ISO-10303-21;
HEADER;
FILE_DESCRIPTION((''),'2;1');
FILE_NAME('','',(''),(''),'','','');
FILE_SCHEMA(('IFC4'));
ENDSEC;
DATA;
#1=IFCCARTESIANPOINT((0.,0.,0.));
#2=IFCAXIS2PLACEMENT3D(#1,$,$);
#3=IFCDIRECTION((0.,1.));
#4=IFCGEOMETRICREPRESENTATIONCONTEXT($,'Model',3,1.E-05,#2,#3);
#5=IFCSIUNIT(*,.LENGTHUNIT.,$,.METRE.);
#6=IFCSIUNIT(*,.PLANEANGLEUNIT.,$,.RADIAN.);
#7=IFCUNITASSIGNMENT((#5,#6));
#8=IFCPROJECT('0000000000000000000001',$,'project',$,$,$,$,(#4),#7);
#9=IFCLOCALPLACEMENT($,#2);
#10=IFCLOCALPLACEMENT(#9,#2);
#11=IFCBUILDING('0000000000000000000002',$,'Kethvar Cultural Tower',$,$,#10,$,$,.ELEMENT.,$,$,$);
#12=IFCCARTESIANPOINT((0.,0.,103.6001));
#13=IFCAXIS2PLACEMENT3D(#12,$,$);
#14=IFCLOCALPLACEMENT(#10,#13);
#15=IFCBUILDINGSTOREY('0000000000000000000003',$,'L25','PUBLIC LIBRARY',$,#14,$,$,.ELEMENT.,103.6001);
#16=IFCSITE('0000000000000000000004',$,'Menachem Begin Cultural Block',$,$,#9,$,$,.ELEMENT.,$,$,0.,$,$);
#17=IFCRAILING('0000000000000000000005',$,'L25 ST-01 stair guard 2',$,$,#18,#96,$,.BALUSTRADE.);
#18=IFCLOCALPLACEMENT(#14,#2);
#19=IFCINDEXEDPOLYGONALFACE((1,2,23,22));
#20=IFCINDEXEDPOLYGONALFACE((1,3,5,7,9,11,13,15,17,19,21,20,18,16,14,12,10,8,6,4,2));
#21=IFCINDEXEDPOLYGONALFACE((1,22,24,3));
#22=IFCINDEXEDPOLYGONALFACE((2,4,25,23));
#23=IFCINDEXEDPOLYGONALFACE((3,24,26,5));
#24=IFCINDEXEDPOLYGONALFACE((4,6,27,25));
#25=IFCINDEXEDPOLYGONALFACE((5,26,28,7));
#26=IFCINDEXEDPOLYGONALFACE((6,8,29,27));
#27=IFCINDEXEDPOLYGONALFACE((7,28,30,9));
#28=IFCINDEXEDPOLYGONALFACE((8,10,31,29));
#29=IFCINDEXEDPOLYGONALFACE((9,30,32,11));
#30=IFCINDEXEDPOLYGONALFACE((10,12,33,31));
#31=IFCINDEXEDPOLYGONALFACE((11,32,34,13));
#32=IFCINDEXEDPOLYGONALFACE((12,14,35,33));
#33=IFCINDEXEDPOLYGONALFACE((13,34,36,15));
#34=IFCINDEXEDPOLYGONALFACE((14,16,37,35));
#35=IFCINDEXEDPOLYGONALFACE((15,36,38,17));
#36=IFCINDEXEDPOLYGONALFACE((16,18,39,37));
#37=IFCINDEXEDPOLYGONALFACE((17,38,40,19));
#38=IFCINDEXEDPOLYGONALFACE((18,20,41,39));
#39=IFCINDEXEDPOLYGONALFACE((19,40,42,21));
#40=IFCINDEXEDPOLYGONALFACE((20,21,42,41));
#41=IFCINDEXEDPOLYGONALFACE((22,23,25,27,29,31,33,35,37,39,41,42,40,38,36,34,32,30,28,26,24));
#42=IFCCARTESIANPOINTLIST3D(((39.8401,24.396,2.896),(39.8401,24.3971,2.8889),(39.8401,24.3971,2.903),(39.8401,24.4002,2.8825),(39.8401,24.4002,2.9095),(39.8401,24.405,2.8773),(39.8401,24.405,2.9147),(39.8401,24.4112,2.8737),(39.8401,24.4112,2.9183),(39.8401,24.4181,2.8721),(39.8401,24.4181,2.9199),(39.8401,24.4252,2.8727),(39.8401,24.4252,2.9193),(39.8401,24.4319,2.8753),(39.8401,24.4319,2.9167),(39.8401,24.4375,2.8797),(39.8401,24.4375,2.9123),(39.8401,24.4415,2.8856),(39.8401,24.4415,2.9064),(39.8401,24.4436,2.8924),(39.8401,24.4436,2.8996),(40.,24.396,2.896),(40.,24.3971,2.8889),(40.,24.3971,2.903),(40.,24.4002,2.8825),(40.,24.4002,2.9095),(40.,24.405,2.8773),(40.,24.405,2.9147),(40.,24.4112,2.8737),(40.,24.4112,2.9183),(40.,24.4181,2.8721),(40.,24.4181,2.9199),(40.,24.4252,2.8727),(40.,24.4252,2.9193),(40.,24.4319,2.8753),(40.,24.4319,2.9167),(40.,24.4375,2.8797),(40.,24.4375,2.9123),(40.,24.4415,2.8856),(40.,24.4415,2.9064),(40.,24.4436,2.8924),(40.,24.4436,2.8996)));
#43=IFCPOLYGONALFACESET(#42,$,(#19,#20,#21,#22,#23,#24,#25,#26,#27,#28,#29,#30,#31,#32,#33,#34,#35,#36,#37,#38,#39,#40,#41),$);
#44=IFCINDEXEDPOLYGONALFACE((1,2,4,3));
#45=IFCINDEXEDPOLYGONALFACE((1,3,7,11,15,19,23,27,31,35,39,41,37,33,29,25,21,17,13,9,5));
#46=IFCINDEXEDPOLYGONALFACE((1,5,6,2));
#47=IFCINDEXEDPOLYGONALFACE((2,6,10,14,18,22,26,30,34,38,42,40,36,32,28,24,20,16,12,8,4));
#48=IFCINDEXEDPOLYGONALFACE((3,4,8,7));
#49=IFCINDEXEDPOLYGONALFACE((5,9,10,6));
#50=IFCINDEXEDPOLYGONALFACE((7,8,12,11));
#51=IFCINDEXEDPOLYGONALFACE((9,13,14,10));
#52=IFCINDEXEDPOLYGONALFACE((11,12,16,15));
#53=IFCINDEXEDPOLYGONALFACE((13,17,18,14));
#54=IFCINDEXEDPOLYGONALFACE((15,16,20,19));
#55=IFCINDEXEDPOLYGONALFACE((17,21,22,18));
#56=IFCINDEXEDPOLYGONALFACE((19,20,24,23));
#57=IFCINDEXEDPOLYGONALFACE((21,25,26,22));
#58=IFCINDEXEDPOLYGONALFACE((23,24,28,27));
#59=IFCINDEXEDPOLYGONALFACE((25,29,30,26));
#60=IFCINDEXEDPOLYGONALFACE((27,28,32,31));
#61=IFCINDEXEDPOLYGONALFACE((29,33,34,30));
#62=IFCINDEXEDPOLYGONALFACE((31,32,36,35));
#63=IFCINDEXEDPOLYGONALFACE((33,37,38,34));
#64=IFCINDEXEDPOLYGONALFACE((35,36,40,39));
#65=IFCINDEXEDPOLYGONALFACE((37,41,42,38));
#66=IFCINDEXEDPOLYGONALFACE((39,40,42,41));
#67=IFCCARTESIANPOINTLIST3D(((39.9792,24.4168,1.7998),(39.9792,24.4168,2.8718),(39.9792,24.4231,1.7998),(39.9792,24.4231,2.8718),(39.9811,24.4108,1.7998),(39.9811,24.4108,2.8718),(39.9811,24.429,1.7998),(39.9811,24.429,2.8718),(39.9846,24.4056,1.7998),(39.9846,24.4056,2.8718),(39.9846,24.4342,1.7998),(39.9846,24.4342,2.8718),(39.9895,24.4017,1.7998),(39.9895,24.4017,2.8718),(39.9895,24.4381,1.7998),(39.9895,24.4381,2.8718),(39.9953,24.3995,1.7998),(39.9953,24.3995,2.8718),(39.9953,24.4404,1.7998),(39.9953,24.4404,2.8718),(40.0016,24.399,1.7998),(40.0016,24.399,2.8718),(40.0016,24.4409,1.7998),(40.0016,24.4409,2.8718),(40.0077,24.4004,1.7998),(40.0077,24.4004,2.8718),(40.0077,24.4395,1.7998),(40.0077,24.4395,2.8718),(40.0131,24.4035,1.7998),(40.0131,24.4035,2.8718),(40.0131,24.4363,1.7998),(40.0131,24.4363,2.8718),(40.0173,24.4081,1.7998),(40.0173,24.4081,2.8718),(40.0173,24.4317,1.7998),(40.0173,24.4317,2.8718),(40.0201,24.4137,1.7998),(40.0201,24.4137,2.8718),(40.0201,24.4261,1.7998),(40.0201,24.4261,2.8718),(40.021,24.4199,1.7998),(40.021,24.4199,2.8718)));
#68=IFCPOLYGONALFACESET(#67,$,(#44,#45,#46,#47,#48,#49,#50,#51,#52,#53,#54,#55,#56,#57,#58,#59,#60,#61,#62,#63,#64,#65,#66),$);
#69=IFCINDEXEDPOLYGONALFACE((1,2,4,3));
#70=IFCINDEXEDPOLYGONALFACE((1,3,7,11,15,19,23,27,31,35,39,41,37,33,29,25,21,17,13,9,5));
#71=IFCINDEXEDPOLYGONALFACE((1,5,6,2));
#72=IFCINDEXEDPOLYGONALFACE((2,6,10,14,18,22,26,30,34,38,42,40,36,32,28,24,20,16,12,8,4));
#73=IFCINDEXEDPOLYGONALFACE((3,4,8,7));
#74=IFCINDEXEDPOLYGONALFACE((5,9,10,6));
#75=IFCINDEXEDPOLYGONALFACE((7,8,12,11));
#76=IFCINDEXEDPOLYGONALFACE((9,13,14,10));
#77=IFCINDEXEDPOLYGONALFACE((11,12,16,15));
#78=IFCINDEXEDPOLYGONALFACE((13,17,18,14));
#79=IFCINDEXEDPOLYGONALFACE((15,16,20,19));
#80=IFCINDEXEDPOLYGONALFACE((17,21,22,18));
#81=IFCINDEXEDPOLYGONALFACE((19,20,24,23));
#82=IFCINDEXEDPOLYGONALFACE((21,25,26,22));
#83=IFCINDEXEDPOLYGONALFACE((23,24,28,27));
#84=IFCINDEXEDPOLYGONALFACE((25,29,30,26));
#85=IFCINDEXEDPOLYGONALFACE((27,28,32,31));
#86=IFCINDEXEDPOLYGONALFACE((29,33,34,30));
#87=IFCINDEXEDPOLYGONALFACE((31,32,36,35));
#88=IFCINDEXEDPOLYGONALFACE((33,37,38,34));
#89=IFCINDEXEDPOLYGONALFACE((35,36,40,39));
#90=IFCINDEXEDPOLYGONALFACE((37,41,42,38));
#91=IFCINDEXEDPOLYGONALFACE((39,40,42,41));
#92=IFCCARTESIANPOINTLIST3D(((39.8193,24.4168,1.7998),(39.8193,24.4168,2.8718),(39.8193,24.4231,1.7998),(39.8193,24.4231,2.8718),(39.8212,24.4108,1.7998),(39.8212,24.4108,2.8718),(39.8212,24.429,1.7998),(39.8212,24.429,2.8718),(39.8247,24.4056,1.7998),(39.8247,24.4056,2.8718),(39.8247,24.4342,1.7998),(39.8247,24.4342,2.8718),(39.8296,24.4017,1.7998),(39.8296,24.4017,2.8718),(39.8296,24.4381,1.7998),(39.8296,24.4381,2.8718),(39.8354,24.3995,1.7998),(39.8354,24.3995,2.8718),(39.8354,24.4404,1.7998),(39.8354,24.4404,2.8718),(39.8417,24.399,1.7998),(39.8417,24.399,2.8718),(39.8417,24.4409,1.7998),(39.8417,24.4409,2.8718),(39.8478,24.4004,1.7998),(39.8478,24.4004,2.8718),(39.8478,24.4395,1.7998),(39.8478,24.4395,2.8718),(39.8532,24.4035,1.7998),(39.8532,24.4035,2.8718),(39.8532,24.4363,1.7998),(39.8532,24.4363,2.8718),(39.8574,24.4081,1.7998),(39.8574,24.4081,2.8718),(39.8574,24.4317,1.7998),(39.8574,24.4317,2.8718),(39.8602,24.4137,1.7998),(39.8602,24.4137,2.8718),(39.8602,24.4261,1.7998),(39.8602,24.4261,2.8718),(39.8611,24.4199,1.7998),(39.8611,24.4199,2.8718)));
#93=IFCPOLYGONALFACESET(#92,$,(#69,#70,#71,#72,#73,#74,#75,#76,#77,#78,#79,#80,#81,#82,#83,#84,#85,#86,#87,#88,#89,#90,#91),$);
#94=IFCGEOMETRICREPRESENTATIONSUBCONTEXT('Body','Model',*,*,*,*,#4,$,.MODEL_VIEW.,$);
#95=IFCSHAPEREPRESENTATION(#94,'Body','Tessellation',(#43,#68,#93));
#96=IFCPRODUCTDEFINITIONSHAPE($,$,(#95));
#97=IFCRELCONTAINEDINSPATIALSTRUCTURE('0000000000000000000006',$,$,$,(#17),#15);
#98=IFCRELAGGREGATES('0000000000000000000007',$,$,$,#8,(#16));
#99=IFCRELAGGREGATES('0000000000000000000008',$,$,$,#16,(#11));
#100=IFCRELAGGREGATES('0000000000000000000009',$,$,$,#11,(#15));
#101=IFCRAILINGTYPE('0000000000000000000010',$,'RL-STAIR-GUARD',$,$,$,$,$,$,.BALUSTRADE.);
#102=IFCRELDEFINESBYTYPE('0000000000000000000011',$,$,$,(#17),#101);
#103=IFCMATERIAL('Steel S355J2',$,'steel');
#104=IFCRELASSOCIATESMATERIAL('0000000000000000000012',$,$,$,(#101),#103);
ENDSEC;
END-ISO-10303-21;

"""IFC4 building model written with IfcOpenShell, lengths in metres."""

from ifc_helpers import new_model, si_unit, direction, frame, origin, origin_2d, place, context, subcontext, project, spatial, circle, extrude, material, type_object, element, save


model = new_model("IFC4")

# Units and contexts
model_context = context("Model", 3, precision=1e-05, world=origin(), true_north=direction((0.0, 1.0)))
body_context = subcontext(model_context, "Body", "Model", "MODEL_VIEW")
ifc_project = project(units=[si_unit("LENGTHUNIT", "METRE"), si_unit("PLANEANGLEUNIT", "RADIAN")], contexts=[model_context])

# Site, building, storey
site_placement = place(None, origin())
site = spatial("IfcSite", under=ifc_project, at=site_placement, Name="Menachem Begin Cultural Block", CompositionType="ELEMENT", RefElevation=0.0)
building_placement = place(site_placement, origin())
building = spatial("IfcBuilding", under=site, at=building_placement, Name="Kethvar Cultural Tower", CompositionType="ELEMENT")
storey_placement = place(building_placement, frame((0.0, 0.0, 103.6001)))
storey = spatial("IfcBuildingStorey", under=building, at=storey_placement, Name="L25", Description="PUBLIC LIBRARY", CompositionType="ELEMENT", Elevation=103.6001)

# Shared definitions
ifc_material_1 = material(Name="Steel S355J2", Category="steel")

# Railing
railing_type_1 = type_object("IfcRailingType", Name="RL-STAIR-GUARD", PredefinedType="BALUSTRADE", material=ifc_material_1)
railing_1_placement = place(storey_placement, frame((40.0, 24.4199, 1.7998)))
element("IfcRailing", 1, at=railing_1_placement, inside=storey, type_object=railing_type_1, Name="L25 ST-01 stair guard 2", PredefinedType="BALUSTRADE", context=body_context, shape_type="SweptSolid", body=[
    extrude(circle(Radius=0.0239, at=origin_2d()), frame((0.0, 0.0, 1.0962), z_axis=(-1.0, 0.0, 0.0), x_axis=(0.0, -1.0, 0.0)), (0.0, 0.0, 1.0), 0.1599),
    extrude(circle(Radius=0.021, at=origin_2d()), origin(), (0.0, 0.0, 1.0), 1.072),
    extrude(circle(Radius=0.021, at=origin_2d()), frame((-0.1599, 0.0, 0.0)), (0.0, 0.0, 1.0), 1.072),
])

save(model, "model.ifc")
